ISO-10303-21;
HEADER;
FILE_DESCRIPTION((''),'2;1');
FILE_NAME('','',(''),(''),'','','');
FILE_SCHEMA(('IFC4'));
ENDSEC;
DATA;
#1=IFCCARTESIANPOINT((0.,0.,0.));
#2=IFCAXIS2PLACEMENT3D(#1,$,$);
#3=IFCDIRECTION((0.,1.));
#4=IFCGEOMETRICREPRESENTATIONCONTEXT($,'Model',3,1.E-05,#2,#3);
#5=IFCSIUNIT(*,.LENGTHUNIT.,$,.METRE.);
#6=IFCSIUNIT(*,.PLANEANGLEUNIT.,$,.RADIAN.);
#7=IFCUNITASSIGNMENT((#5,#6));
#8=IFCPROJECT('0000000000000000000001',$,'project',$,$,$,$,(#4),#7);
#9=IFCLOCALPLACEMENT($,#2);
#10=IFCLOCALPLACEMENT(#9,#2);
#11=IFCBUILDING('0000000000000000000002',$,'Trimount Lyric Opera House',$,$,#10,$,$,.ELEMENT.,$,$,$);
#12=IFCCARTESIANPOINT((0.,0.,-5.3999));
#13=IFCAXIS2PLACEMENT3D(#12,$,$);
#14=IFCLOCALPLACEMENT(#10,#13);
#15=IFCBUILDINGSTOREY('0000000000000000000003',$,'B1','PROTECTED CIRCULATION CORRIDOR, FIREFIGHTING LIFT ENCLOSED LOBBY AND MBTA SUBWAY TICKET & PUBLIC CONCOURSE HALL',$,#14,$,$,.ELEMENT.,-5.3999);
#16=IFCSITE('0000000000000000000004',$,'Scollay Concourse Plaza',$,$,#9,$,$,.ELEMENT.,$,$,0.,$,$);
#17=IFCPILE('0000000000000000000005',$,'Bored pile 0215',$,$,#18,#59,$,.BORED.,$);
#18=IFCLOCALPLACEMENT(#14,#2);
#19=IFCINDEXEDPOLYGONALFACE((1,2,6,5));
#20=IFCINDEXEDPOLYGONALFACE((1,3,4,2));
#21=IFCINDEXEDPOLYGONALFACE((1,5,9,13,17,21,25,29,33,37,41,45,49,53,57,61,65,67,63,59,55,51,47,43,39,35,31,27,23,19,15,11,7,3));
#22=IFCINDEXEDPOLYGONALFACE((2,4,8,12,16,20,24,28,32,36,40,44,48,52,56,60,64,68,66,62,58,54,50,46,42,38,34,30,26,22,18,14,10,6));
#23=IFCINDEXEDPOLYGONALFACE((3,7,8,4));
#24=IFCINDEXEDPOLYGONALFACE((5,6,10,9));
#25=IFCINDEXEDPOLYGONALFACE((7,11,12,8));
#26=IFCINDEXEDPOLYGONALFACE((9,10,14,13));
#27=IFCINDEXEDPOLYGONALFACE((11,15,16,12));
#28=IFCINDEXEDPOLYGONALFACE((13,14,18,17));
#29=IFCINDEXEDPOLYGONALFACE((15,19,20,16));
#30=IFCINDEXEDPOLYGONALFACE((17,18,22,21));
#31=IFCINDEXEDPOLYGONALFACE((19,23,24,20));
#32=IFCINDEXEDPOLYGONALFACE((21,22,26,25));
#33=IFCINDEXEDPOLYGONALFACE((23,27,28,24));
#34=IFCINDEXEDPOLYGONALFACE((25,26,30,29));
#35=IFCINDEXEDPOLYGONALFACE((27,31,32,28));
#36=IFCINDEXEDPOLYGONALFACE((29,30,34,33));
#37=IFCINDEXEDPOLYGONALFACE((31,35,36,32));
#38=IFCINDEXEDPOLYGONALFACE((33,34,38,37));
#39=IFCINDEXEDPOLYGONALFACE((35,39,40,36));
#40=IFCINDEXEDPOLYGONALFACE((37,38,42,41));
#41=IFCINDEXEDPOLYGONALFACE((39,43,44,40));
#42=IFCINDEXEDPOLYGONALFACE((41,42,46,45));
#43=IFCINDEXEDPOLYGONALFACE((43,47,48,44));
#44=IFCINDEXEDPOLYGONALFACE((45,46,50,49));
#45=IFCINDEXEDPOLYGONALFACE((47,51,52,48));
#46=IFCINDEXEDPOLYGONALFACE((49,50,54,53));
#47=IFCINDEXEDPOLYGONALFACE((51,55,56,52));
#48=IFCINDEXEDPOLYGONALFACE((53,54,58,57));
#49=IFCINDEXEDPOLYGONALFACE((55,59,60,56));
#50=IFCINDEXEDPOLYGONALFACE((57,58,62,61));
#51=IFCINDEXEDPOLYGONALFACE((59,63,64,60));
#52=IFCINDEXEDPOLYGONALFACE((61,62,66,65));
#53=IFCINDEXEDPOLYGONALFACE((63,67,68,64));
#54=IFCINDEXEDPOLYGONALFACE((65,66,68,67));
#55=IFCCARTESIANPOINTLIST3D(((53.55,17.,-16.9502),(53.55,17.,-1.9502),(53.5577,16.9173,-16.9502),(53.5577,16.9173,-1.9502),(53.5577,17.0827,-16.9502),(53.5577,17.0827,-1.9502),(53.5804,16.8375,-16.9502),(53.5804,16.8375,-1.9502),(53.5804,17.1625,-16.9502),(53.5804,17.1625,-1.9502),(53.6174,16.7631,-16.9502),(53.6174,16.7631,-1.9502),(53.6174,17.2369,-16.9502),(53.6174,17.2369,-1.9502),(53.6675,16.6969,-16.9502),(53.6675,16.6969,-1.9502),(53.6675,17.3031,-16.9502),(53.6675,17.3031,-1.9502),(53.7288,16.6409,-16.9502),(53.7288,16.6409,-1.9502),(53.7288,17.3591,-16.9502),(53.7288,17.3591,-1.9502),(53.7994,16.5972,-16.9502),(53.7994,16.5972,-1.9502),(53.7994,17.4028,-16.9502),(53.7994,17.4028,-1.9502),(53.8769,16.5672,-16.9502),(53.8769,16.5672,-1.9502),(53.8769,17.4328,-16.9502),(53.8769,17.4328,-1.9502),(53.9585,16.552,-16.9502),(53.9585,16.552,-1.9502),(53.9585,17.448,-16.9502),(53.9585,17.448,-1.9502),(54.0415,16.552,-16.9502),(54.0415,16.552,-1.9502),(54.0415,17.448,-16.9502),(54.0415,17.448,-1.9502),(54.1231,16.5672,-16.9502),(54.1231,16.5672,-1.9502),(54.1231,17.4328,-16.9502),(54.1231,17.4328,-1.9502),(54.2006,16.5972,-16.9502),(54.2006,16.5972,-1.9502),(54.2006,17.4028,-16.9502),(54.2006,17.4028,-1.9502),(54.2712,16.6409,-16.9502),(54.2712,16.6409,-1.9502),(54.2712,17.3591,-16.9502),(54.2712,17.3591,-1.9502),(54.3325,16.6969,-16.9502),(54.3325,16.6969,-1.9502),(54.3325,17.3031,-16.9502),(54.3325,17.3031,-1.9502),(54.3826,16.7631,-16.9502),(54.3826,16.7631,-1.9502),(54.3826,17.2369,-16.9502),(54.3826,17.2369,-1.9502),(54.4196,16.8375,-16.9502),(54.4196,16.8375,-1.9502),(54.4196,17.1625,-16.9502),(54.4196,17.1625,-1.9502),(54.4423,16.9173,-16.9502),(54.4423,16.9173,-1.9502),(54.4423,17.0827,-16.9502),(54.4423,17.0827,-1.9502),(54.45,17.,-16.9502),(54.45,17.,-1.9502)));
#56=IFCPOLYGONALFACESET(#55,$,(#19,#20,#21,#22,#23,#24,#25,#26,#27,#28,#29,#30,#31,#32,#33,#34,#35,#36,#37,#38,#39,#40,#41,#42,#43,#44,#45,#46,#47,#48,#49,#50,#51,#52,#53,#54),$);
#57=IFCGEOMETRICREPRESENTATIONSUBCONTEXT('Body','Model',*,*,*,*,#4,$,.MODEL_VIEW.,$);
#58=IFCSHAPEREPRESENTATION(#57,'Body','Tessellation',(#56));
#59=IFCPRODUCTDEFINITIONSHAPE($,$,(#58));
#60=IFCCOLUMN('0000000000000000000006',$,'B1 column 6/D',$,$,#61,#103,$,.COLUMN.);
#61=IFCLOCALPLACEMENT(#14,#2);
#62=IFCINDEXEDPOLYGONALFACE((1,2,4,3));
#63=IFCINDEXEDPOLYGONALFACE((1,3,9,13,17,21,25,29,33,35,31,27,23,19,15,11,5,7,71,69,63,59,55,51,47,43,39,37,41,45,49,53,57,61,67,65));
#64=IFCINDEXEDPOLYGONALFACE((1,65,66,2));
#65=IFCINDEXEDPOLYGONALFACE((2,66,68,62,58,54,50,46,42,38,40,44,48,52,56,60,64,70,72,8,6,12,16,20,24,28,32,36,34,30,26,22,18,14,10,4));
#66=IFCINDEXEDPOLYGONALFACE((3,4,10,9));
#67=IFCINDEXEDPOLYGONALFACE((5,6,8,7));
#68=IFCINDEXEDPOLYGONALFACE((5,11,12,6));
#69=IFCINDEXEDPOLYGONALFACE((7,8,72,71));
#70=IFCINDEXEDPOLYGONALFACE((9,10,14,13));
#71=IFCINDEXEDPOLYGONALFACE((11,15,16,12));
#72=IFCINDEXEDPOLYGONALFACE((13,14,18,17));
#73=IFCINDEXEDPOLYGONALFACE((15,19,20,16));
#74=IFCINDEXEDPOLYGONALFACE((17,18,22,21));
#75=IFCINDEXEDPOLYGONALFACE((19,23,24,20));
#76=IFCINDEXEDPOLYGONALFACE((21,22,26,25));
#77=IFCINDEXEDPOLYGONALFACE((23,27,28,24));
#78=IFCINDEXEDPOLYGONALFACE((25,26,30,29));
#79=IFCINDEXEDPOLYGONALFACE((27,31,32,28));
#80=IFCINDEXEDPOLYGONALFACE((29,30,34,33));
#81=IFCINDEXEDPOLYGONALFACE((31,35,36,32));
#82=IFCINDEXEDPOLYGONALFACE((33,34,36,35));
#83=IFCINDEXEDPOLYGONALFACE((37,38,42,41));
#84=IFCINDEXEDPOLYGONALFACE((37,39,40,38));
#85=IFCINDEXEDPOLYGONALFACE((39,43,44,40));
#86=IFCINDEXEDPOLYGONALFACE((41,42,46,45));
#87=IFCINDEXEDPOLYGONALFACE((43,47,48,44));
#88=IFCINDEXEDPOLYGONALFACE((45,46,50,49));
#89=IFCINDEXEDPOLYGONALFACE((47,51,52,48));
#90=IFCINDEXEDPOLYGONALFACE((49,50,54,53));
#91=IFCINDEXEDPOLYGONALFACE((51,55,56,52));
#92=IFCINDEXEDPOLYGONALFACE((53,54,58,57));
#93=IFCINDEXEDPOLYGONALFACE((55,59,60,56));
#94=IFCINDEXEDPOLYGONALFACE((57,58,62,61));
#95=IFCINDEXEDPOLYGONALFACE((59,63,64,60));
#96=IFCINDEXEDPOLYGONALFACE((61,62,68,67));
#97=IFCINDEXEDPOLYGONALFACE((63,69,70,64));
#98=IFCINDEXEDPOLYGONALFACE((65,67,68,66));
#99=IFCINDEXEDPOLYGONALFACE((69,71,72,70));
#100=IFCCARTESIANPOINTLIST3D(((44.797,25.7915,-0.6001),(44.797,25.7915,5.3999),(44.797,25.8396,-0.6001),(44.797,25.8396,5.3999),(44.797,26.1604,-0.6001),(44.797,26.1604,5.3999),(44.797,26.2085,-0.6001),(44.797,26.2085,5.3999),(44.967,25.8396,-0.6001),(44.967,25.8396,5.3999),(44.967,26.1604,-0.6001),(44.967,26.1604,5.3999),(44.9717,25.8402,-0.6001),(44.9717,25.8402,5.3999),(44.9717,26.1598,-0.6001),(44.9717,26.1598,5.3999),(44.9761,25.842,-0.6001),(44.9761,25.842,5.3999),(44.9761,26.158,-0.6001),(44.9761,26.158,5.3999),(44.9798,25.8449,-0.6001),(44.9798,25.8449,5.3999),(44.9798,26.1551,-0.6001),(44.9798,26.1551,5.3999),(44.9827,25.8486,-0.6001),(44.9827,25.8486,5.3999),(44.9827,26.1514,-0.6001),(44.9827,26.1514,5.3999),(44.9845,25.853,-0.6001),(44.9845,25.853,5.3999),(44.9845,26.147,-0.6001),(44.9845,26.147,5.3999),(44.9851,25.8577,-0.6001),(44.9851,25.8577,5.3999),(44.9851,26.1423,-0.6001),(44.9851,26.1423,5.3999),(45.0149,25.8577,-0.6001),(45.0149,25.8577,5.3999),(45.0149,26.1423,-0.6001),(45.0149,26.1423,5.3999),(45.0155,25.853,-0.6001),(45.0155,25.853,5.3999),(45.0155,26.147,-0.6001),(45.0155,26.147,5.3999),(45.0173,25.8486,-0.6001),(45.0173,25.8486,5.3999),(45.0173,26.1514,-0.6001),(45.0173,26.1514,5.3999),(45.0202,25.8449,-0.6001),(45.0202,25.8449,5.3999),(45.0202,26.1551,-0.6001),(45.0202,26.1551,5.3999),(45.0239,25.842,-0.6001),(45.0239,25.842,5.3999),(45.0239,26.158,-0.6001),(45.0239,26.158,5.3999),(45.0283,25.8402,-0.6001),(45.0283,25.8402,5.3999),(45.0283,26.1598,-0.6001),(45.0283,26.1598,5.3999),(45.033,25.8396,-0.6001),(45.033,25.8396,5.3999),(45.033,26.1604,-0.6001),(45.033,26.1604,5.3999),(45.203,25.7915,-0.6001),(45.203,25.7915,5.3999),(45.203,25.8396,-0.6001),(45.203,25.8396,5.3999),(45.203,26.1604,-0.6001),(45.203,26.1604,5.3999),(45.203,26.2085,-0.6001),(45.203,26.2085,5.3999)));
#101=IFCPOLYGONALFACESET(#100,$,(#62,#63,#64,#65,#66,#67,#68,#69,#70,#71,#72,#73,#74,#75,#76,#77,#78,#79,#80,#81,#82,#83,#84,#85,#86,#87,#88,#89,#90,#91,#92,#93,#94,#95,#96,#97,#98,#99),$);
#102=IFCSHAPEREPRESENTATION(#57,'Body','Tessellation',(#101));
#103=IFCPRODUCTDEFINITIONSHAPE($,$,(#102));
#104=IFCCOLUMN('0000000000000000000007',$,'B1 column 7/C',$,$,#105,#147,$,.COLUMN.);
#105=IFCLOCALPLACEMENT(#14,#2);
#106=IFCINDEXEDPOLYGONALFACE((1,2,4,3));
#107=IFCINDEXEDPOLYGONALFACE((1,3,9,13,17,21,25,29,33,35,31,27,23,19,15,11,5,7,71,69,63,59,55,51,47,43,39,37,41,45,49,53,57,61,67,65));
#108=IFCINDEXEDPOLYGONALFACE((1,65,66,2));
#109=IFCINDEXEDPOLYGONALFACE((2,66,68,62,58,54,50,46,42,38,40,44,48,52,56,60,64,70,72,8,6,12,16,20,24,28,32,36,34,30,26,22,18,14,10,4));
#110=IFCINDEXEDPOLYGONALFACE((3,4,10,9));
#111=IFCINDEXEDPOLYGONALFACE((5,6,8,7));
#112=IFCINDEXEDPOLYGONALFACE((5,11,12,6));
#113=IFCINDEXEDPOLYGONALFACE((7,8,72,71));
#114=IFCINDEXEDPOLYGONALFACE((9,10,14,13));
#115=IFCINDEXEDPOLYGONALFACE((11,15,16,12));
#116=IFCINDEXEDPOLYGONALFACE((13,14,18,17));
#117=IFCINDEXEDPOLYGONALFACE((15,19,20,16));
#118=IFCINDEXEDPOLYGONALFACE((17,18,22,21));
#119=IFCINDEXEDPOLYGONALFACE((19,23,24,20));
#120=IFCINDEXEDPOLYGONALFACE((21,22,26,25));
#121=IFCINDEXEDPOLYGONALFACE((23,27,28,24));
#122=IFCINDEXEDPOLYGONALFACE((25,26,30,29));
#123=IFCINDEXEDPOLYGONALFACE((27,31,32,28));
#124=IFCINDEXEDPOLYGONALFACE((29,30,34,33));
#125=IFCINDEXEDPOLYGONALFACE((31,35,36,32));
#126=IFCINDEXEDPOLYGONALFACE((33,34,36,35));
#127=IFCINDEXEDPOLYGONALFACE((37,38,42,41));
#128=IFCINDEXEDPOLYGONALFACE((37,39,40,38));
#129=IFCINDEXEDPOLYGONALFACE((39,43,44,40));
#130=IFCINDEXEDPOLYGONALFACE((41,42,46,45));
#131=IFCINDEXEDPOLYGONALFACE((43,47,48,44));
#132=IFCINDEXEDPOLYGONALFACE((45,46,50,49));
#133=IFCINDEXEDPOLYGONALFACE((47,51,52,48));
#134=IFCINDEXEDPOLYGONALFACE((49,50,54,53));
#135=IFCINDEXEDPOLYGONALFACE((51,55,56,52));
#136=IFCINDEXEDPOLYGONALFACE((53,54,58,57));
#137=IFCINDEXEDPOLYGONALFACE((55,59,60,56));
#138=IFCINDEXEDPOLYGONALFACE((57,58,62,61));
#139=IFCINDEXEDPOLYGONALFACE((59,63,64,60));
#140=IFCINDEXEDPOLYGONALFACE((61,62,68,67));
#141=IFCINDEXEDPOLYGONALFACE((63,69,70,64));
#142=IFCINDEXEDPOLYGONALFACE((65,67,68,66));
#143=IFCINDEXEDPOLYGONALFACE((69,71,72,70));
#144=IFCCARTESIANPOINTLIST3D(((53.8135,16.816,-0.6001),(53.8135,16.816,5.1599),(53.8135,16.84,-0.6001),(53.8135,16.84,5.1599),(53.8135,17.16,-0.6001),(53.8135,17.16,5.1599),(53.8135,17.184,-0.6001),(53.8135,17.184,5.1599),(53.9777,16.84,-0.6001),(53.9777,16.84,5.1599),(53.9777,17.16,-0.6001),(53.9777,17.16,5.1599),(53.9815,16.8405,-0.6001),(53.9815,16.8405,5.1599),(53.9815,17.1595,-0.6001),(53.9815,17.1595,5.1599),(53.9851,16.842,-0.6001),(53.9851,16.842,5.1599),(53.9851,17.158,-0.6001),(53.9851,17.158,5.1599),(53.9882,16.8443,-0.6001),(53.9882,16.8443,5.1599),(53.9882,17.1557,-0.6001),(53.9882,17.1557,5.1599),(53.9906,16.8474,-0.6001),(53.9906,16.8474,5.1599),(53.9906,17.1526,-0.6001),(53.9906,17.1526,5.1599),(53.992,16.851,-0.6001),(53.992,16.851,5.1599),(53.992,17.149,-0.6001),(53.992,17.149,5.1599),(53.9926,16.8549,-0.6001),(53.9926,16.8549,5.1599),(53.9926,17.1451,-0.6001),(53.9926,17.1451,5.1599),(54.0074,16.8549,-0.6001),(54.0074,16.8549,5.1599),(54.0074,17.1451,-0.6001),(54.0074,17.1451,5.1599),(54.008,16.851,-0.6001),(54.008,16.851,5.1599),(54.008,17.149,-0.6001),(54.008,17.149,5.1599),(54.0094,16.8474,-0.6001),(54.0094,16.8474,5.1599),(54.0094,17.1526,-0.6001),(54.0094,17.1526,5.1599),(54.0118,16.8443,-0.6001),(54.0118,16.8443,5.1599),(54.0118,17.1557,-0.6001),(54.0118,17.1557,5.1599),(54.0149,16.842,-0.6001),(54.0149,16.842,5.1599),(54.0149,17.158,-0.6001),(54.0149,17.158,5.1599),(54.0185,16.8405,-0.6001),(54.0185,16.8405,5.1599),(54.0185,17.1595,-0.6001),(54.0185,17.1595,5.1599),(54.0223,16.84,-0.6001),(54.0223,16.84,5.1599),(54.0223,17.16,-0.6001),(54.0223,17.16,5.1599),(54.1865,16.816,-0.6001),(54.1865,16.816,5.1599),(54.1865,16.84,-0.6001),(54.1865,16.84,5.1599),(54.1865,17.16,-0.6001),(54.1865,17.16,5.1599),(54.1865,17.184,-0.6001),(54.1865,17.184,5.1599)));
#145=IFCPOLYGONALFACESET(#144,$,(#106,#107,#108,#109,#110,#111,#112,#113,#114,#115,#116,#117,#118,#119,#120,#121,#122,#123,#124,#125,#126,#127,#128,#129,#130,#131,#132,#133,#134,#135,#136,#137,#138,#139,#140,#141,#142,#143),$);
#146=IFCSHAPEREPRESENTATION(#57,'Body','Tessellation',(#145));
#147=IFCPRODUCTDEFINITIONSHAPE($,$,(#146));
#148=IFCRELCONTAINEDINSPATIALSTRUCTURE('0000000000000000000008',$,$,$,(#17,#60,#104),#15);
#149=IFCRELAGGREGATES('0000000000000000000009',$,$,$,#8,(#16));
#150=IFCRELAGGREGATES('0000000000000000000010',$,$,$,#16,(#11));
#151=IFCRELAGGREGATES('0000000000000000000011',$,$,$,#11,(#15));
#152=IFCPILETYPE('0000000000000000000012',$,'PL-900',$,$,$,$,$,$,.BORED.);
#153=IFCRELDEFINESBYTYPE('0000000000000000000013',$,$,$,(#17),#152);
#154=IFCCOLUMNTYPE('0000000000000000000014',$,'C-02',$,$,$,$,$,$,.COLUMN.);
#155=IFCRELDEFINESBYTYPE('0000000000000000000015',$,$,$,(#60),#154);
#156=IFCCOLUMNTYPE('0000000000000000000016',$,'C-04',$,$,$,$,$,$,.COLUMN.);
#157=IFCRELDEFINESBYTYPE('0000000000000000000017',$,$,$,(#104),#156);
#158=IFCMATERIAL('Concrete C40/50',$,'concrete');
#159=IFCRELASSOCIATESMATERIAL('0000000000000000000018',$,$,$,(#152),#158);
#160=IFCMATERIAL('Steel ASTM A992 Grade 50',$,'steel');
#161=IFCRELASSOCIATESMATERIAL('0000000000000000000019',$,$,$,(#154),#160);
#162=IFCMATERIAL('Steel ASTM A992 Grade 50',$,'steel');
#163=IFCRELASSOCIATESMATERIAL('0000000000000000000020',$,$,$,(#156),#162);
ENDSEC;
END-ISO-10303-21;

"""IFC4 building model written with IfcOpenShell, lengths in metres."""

from ifc_helpers import new_model, si_unit, direction, frame, origin, origin_2d, place, context, subcontext, project, spatial, circle, i_section, extrude, material, material_profile, profile_set, type_object, element, save


model = new_model("IFC4")

# Units and contexts
model_context = context("Model", 3, precision=1e-05, world=origin(), true_north=direction((0.0, 1.0)))
body_context = subcontext(model_context, "Body", "Model", "MODEL_VIEW")
ifc_project = project(units=[si_unit("LENGTHUNIT", "METRE"), si_unit("PLANEANGLEUNIT", "RADIAN")], contexts=[model_context])

# Site, building, storey
site_placement = place(None, origin())
site = spatial("IfcSite", under=ifc_project, at=site_placement, Name="Scollay Concourse Plaza", CompositionType="ELEMENT", RefElevation=0.0)
building_placement = place(site_placement, origin())
building = spatial("IfcBuilding", under=site, at=building_placement, Name="Trimount Lyric Opera House", CompositionType="ELEMENT")
storey_placement = place(building_placement, frame((0.0, 0.0, -5.3999)))
storey = spatial("IfcBuildingStorey", under=building, at=storey_placement, Name="B1", Description="PROTECTED CIRCULATION CORRIDOR, FIREFIGHTING LIFT ENCLOSED LOBBY AND MBTA SUBWAY TICKET & PUBLIC CONCOURSE HALL", CompositionType="ELEMENT", Elevation=-5.3999)

# Pile
ifc_material_1 = material(Name="Concrete C40/50", Category="concrete")
ifc_material_profile_1 = material_profile(ifc_material_1, circle(Radius=0.45, at=origin_2d()), Name="PILE-D900")
ifc_profile_set_1 = profile_set([ifc_material_profile_1], Name="Concrete C40/50")
pile_type_1 = type_object("IfcPileType", Name="PL-900", PredefinedType="BORED", material=ifc_profile_set_1)
pile_placement = place(storey_placement, frame((54.0, 17.0, -1.9502), z_axis=(0.0, 0.0, -1.0), x_axis=(1.0, 0.0, 0.0)))
element("IfcPile", 1, at=pile_placement, inside=storey, type_object=pile_type_1, Name="Bored pile 0215", PredefinedType="BORED", context=body_context, shape_type="SweptSolid", body=[
    extrude(circle(Radius=0.45, at=origin_2d()), origin(), (0.0, 0.0, 1.0), 15.0),
])

# Columns
ifc_material_2 = material(Name="Steel ASTM A992 Grade 50", Category="steel")
ifc_material_profile_2 = material_profile(ifc_material_2, i_section(OverallWidth=0.406, OverallDepth=0.417, WebThickness=0.0298, FlangeThickness=0.0481, FilletRadius=0.0181, at=origin_2d()), Name="W14X257")
ifc_profile_set_2 = profile_set([ifc_material_profile_2], Name="Steel ASTM A992 Grade 50")
column_type_1 = type_object("IfcColumnType", Name="C-02", PredefinedType="COLUMN", material=ifc_profile_set_2)
column_1_placement = place(storey_placement, frame((45.0, 26.0, -0.6001), z_axis=(0.0, 0.0, 1.0), x_axis=(1.0, 0.0, 0.0)))
element("IfcColumn", 2, at=column_1_placement, inside=storey, type_object=column_type_1, Name="B1 column 6/D", PredefinedType="COLUMN", context=body_context, shape_type="SweptSolid", body=[
    extrude(i_section(OverallWidth=0.406, OverallDepth=0.417, WebThickness=0.0298, FlangeThickness=0.0481, FilletRadius=0.0181, at=origin_2d()), origin(), (0.0, 0.0, 1.0), 6.0),
])
ifc_material_3 = material(Name="Steel ASTM A992 Grade 50", Category="steel")
ifc_material_profile_3 = material_profile(ifc_material_3, i_section(OverallWidth=0.373, OverallDepth=0.3679, WebThickness=0.0149, FlangeThickness=0.0239, FilletRadius=0.0149, at=origin_2d()), Name="W14X120")
ifc_profile_set_3 = profile_set([ifc_material_profile_3], Name="Steel ASTM A992 Grade 50")
column_type_2 = type_object("IfcColumnType", Name="C-04", PredefinedType="COLUMN", material=ifc_profile_set_3)
column_2_placement = place(storey_placement, frame((54.0, 17.0, -0.6001), z_axis=(0.0, 0.0, 1.0), x_axis=(1.0, 0.0, 0.0)))
element("IfcColumn", 3, at=column_2_placement, inside=storey, type_object=column_type_2, Name="B1 column 7/C", PredefinedType="COLUMN", context=body_context, shape_type="SweptSolid", body=[
    extrude(i_section(OverallWidth=0.373, OverallDepth=0.3679, WebThickness=0.0149, FlangeThickness=0.0239, FilletRadius=0.0149, at=origin_2d()), origin(), (0.0, 0.0, 1.0), 5.76),
])

save(model, "model.ifc")
